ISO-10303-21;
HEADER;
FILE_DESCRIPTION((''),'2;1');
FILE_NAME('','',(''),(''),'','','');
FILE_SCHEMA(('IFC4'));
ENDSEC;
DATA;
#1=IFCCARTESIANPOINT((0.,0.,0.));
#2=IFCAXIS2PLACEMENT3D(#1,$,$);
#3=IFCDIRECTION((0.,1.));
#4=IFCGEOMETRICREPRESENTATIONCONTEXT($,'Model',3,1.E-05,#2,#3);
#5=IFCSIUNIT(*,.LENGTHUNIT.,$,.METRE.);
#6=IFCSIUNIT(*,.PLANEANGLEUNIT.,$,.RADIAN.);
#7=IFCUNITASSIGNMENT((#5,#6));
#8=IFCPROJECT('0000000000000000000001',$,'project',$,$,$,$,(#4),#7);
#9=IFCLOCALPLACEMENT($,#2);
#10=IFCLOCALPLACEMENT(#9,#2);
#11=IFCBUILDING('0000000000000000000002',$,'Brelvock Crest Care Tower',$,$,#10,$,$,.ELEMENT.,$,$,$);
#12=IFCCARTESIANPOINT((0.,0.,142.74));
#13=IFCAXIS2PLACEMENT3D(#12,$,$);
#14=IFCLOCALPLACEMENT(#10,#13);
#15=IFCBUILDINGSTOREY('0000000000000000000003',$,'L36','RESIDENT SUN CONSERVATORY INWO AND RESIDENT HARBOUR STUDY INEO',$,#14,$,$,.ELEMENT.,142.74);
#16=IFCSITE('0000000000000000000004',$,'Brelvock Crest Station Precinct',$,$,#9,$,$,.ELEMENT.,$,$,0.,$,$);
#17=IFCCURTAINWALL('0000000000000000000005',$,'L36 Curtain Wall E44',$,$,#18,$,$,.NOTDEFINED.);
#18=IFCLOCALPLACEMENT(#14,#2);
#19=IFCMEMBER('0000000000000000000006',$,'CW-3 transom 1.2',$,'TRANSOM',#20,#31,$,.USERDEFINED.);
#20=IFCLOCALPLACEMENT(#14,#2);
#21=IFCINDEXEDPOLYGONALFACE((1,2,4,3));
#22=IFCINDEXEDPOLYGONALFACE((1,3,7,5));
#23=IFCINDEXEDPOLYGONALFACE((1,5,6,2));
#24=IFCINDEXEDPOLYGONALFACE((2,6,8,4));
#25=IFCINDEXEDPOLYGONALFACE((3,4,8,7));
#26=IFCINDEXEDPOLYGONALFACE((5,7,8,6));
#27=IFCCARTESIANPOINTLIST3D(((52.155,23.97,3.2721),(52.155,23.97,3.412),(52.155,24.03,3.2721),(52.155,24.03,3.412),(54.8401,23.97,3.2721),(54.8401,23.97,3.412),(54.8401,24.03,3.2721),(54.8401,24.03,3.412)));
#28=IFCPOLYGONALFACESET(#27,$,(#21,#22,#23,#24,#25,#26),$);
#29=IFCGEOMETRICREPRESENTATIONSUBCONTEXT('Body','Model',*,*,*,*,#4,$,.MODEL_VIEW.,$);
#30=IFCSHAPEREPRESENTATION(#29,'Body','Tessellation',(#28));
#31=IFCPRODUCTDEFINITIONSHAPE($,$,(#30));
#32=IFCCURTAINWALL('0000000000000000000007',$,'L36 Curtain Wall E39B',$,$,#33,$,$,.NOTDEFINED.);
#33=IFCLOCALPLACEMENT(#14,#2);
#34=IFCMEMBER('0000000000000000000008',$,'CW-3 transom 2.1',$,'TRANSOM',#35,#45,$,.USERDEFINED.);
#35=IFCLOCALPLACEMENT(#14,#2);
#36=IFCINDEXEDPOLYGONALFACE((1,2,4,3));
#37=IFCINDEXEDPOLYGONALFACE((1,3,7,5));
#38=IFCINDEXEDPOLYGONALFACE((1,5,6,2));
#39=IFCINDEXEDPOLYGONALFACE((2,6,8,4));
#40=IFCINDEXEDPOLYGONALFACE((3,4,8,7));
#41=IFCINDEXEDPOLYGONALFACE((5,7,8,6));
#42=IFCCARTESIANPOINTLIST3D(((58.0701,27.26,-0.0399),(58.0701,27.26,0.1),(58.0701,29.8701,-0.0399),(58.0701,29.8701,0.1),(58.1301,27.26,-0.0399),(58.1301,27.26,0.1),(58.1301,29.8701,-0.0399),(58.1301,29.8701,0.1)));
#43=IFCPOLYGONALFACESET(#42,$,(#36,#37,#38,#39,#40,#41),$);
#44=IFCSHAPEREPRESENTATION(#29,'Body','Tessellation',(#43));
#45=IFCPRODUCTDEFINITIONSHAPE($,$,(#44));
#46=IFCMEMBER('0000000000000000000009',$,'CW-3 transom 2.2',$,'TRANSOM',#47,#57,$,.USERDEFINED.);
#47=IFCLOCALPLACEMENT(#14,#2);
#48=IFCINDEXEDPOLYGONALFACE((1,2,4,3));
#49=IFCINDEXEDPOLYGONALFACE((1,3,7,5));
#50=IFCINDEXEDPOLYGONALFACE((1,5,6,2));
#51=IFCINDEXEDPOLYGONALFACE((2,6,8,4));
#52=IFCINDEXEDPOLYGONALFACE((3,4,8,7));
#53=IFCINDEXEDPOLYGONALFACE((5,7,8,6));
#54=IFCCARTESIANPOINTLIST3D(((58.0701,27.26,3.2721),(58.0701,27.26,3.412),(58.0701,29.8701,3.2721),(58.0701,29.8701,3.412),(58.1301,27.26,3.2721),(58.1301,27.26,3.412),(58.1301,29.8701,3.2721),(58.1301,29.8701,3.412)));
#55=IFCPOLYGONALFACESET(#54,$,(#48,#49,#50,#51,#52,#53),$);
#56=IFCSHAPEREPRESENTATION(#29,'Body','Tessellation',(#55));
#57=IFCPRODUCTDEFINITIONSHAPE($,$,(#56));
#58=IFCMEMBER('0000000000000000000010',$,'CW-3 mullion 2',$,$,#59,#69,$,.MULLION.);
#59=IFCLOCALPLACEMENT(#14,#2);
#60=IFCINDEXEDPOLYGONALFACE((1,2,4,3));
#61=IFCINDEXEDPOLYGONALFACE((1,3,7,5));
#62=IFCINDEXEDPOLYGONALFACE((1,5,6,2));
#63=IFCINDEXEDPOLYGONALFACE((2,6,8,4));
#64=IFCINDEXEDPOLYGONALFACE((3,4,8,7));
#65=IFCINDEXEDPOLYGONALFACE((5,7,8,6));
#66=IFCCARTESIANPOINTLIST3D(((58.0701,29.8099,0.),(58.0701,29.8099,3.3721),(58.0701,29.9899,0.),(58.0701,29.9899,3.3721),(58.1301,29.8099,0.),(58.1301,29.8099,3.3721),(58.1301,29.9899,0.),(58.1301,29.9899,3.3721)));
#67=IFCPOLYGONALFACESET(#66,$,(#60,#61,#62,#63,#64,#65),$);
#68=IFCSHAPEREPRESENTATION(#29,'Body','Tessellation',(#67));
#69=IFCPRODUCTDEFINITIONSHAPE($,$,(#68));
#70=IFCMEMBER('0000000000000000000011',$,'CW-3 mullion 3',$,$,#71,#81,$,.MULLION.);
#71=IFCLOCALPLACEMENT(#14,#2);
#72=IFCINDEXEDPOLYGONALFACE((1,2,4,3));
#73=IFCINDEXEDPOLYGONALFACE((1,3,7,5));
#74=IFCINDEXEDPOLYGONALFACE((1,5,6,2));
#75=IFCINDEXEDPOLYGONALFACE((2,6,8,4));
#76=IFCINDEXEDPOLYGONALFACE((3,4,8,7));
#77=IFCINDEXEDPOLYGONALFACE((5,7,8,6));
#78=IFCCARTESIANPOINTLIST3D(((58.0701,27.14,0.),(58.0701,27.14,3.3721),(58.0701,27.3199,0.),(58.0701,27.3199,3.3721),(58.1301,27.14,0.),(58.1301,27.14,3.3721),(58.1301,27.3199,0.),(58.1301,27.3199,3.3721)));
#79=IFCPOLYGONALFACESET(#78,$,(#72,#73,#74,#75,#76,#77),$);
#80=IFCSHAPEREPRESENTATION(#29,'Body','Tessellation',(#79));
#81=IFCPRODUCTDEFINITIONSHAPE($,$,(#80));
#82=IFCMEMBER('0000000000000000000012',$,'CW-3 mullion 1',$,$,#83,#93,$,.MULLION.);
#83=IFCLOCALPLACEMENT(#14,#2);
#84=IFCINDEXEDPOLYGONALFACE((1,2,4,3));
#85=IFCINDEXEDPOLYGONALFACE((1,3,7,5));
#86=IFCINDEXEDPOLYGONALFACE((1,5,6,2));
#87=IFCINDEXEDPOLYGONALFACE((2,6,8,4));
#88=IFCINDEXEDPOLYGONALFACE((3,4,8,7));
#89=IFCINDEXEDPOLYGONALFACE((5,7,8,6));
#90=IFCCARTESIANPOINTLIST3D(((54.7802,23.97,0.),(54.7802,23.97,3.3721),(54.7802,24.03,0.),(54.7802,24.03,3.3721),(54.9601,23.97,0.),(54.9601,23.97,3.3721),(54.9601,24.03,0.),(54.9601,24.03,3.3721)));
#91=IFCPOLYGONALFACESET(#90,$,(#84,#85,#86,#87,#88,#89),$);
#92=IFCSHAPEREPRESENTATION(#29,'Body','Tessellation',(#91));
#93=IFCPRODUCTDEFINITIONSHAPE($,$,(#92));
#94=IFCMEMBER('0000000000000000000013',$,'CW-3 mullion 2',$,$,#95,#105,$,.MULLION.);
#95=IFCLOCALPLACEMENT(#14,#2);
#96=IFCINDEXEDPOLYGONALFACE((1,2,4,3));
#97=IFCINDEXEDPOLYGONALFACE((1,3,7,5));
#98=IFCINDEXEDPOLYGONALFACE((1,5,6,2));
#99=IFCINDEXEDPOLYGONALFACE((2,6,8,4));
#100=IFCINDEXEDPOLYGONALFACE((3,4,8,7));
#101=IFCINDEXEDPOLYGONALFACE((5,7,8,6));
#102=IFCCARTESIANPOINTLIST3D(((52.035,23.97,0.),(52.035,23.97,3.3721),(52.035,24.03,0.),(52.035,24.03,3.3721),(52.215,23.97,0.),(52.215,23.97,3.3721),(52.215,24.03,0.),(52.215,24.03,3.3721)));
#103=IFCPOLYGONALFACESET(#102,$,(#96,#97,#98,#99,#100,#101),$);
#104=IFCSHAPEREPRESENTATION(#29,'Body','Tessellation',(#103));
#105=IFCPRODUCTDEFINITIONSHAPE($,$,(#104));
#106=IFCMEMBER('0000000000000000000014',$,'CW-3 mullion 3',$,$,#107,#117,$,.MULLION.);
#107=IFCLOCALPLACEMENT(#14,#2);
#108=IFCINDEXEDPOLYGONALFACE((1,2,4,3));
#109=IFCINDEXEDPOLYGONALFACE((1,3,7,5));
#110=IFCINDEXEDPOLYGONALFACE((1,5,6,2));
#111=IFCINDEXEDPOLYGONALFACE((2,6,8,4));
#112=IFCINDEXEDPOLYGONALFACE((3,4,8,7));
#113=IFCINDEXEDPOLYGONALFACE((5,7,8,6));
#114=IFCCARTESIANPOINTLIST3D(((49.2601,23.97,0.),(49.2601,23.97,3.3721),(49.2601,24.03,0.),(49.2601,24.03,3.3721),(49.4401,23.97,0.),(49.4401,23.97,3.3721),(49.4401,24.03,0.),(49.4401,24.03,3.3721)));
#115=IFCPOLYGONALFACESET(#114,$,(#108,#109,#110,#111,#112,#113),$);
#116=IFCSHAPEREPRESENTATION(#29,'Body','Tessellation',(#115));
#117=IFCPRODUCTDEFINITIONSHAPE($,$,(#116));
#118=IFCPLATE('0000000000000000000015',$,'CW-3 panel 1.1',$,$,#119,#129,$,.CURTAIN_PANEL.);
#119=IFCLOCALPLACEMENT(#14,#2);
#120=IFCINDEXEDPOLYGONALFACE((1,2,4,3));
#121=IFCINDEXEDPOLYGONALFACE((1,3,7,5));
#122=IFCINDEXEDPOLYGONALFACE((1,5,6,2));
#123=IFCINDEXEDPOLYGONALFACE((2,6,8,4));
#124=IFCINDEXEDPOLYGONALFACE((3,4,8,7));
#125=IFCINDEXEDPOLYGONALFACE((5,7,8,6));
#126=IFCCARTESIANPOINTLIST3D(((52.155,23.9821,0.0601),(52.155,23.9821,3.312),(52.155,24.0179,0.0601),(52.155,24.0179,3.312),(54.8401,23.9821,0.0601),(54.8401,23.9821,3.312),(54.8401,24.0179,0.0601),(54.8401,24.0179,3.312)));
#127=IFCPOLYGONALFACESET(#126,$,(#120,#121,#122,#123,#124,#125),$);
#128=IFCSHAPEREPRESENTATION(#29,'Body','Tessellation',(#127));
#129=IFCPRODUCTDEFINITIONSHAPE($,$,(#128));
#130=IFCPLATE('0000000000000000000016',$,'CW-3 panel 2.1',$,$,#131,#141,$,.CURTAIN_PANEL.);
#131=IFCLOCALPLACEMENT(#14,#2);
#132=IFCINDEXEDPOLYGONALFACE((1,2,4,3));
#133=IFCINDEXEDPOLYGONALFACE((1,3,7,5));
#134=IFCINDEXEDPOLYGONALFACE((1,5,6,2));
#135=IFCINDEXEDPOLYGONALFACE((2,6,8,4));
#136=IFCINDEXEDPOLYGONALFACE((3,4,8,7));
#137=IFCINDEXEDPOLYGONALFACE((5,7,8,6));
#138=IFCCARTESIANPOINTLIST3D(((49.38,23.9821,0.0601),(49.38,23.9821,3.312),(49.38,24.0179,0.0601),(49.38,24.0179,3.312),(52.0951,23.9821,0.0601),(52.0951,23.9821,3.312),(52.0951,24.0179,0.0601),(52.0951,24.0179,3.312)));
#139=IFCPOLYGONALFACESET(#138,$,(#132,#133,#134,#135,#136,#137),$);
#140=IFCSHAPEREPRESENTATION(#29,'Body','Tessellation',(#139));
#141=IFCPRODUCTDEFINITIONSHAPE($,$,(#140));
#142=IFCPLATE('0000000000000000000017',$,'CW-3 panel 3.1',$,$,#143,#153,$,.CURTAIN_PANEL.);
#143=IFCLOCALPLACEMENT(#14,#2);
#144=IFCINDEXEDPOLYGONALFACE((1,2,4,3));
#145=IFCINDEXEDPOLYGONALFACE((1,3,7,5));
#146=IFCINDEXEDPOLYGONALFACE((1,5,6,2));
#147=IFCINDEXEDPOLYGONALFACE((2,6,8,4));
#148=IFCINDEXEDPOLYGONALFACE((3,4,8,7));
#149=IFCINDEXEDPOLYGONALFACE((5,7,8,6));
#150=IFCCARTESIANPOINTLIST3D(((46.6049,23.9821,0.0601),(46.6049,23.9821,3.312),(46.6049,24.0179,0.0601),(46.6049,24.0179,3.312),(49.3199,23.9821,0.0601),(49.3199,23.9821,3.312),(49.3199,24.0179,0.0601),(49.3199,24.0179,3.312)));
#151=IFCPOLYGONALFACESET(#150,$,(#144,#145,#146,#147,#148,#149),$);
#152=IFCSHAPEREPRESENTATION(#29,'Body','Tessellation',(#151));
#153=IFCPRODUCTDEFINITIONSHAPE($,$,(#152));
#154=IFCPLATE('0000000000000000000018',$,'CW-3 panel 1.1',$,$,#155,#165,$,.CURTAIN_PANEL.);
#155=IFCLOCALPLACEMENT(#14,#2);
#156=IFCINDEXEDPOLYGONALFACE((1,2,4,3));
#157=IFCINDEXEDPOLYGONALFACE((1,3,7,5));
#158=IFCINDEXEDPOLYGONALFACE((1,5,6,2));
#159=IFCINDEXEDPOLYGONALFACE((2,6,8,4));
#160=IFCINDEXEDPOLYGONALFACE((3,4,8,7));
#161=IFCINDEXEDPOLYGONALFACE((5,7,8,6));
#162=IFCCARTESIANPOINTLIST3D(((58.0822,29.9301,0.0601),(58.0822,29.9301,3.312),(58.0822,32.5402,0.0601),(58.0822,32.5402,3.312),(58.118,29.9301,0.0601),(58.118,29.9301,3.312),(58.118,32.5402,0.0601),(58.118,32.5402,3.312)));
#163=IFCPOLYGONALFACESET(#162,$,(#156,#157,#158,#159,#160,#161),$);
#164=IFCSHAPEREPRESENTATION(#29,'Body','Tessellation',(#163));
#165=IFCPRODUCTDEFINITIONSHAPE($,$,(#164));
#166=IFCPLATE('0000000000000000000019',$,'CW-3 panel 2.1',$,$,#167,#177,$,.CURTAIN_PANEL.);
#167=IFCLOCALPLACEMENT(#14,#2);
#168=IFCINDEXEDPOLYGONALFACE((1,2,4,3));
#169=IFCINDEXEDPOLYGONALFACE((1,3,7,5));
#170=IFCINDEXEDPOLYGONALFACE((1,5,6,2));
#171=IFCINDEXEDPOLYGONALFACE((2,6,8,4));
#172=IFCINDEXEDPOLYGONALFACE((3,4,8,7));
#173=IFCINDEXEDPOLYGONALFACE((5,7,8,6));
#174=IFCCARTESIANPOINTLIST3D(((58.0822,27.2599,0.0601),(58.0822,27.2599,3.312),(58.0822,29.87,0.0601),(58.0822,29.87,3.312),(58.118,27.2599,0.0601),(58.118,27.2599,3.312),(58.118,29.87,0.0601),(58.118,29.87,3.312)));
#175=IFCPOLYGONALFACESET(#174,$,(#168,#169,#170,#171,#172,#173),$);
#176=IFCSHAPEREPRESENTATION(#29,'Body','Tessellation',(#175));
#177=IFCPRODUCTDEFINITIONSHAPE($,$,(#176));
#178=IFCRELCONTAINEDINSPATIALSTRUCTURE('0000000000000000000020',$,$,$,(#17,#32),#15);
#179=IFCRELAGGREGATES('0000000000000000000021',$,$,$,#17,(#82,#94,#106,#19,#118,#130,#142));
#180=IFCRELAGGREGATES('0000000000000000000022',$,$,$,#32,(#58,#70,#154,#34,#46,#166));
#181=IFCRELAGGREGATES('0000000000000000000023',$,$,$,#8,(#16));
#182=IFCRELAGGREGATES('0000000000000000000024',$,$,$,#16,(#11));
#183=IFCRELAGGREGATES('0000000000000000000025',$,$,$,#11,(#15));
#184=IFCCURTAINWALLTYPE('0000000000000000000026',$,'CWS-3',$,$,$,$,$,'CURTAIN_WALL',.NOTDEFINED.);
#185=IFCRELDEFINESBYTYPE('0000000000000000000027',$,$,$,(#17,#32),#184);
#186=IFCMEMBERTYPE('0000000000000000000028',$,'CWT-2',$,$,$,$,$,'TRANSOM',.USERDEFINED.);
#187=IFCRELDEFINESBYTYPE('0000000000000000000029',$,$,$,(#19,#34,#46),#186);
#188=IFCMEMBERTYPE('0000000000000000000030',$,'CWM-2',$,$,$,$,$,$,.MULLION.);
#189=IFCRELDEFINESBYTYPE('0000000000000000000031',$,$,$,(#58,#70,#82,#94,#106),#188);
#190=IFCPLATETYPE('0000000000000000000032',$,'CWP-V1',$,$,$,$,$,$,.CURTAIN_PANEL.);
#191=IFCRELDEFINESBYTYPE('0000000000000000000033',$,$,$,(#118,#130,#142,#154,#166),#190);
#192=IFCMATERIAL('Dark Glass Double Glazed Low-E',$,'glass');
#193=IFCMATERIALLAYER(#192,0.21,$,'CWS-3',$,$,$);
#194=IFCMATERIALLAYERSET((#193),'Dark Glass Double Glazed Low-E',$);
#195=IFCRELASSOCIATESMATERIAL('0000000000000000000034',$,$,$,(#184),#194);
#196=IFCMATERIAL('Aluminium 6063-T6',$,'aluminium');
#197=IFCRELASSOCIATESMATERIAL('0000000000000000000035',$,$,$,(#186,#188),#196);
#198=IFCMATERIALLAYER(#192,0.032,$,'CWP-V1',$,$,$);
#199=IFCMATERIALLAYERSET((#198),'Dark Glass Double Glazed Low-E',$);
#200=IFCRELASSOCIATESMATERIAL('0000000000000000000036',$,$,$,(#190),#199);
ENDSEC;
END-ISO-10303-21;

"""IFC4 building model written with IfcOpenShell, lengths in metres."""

from ifc_helpers import new_model, si_unit, direction, frame, origin, origin_2d, place, context, subcontext, project, spatial, rectangle, extrude, source, transform, mapped, material, layer, layer_set, material_profile, profile_set, type_object, element, aggregate, save


model = new_model("IFC4")

# Units and contexts
model_context = context("Model", 3, precision=1e-05, world=origin(), true_north=direction((0.0, 1.0)))
body_context = subcontext(model_context, "Body", "Model", "MODEL_VIEW")
ifc_project = project(units=[si_unit("LENGTHUNIT", "METRE"), si_unit("PLANEANGLEUNIT", "RADIAN")], contexts=[model_context])

# Site, building, storey
site_placement = place(None, origin())
site = spatial("IfcSite", under=ifc_project, at=site_placement, Name="Brelvock Crest Station Precinct", CompositionType="ELEMENT", RefElevation=0.0)
building_placement = place(site_placement, origin())
building = spatial("IfcBuilding", under=site, at=building_placement, Name="Brelvock Crest Care Tower", CompositionType="ELEMENT")
storey_placement = place(building_placement, frame((0.0, 0.0, 142.74)))
storey = spatial("IfcBuildingStorey", under=building, at=storey_placement, Name="L36", Description="RESIDENT SUN CONSERVATORY INWO AND RESIDENT HARBOUR STUDY INEO", CompositionType="ELEMENT", Elevation=142.74)

# Curtain walls, members
ifc_material_1 = material(Name="Dark Glass Double Glazed Low-E", Category="glass")
ifc_layer_1 = layer(ifc_material_1, 0.21, Name="CWS-3")
ifc_layer_set_1 = layer_set([ifc_layer_1], Name="Dark Glass Double Glazed Low-E")
curtain_wall_type = type_object("IfcCurtainWallType", Name="CWS-3", ElementType="CURTAIN_WALL", PredefinedType="NOTDEFINED", material=ifc_layer_set_1)
curtain_wall_1_placement = place(storey_placement, origin())
curtain_wall_1 = element("IfcCurtainWall", 1, at=curtain_wall_1_placement, inside=storey, type_object=curtain_wall_type, Name="L36 Curtain Wall E44", PredefinedType="NOTDEFINED")
ifc_material_2 = material(Name="Aluminium 6063-T6", Category="aluminium")
ifc_material_profile_1 = material_profile(ifc_material_2, rectangle(XDim=0.0601, YDim=0.1399, at=origin_2d()), Name="ALU60x140")
ifc_profile_set_1 = profile_set([ifc_material_profile_1], Name="Aluminium 6063-T6")
member_type_1 = type_object("IfcMemberType", Name="CWT-2", ElementType="TRANSOM", PredefinedType="USERDEFINED", material=ifc_profile_set_1)
shared_shape_1 = source(origin(), body_context, "Body", "SweptSolid", [
    extrude(rectangle(XDim=0.0601, YDim=0.1399, at=origin_2d()), origin(), (0.0, 0.0, 1.0), 2.6851),
])
member_1_placement = place(storey_placement, frame((54.8401, 24.0, 3.342), z_axis=(-1.0, 0.0, 0.0), x_axis=(0.0, -1.0, 0.0)))
member_1 = element("IfcMember", 2, at=member_1_placement, type_object=member_type_1, Name="CW-3 transom 1.2", ObjectType="TRANSOM", PredefinedType="USERDEFINED", context=body_context, shape_type="MappedRepresentation", body=[
    mapped(shared_shape_1, transform((0.0, 0.0, 0.0), x_axis=(1.0, 0.0, 0.0), y_axis=(0.0, 1.0, 0.0), z_axis=(0.0, 0.0, 1.0), scale=1.0)),
])
curtain_wall_2_placement = place(storey_placement, origin())
curtain_wall_2 = element("IfcCurtainWall", 3, at=curtain_wall_2_placement, inside=storey, type_object=curtain_wall_type, Name="L36 Curtain Wall E39B", PredefinedType="NOTDEFINED")
shared_shape_2 = source(origin(), body_context, "Body", "SweptSolid", [
    extrude(rectangle(XDim=0.0601, YDim=0.1399, at=origin_2d()), origin(), (0.0, 0.0, 1.0), 2.6101),
])
member_2_placement = place(storey_placement, frame((58.1001, 29.8701, 0.03), z_axis=(0.0, -1.0, 0.0), x_axis=(1.0, 0.0, 0.0)))
member_2 = element("IfcMember", 4, at=member_2_placement, type_object=member_type_1, Name="CW-3 transom 2.1", ObjectType="TRANSOM", PredefinedType="USERDEFINED", context=body_context, shape_type="MappedRepresentation", body=[
    mapped(shared_shape_2, transform((0.0, 0.0, 0.0), x_axis=(1.0, 0.0, 0.0), y_axis=(0.0, 1.0, 0.0), z_axis=(0.0, 0.0, 1.0), scale=1.0)),
])
member_3_placement = place(storey_placement, frame((58.1001, 29.8701, 3.342), z_axis=(0.0, -1.0, 0.0), x_axis=(1.0, 0.0, 0.0)))
member_3 = element("IfcMember", 5, at=member_3_placement, type_object=member_type_1, Name="CW-3 transom 2.2", ObjectType="TRANSOM", PredefinedType="USERDEFINED", context=body_context, shape_type="MappedRepresentation", body=[
    mapped(shared_shape_2, transform((0.0, 0.0, 0.0), x_axis=(1.0, 0.0, 0.0), y_axis=(0.0, 1.0, 0.0), z_axis=(0.0, 0.0, 1.0), scale=1.0)),
])
ifc_material_profile_2 = material_profile(ifc_material_2, rectangle(XDim=0.0601, YDim=0.1799, at=origin_2d()), Name="ALU60x180")
ifc_profile_set_2 = profile_set([ifc_material_profile_2], Name="Aluminium 6063-T6")
member_type_2 = type_object("IfcMemberType", Name="CWM-2", PredefinedType="MULLION", material=ifc_profile_set_2)
shared_shape_3 = source(origin(), body_context, "Body", "SweptSolid", [
    extrude(rectangle(XDim=0.0601, YDim=0.1799, at=origin_2d()), origin(), (0.0, 0.0, 1.0), 3.3721),
])
member_4_placement = place(storey_placement, frame((58.1001, 29.8999, 0.0), z_axis=(0.0, 0.0, 1.0), x_axis=(1.0, 0.0, 0.0)))
member_4 = element("IfcMember", 6, at=member_4_placement, type_object=member_type_2, Name="CW-3 mullion 2", PredefinedType="MULLION", context=body_context, shape_type="MappedRepresentation", body=[
    mapped(shared_shape_3, transform((0.0, 0.0, 0.0), x_axis=(1.0, 0.0, 0.0), y_axis=(0.0, 1.0, 0.0), z_axis=(0.0, 0.0, 1.0), scale=1.0)),
])
member_5_placement = place(storey_placement, frame((58.1001, 27.23, 0.0), z_axis=(0.0, 0.0, 1.0), x_axis=(1.0, 0.0, 0.0)))
member_5 = element("IfcMember", 7, at=member_5_placement, type_object=member_type_2, Name="CW-3 mullion 3", PredefinedType="MULLION", context=body_context, shape_type="MappedRepresentation", body=[
    mapped(shared_shape_3, transform((0.0, 0.0, 0.0), x_axis=(1.0, 0.0, 0.0), y_axis=(0.0, 1.0, 0.0), z_axis=(0.0, 0.0, 1.0), scale=1.0)),
])

# Members
member_6_placement = place(storey_placement, frame((54.8701, 24.0, 0.0), z_axis=(0.0, 0.0, 1.0), x_axis=(0.0, -1.0, 0.0)))
member_6 = element("IfcMember", 8, at=member_6_placement, type_object=member_type_2, Name="CW-3 mullion 1", PredefinedType="MULLION", context=body_context, shape_type="MappedRepresentation", body=[
    mapped(shared_shape_3, transform((0.0, 0.0, 0.0), x_axis=(1.0, 0.0, 0.0), y_axis=(0.0, 1.0, 0.0), z_axis=(0.0, 0.0, 1.0), scale=1.0)),
])
member_7_placement = place(storey_placement, frame((52.125, 24.0, 0.0), z_axis=(0.0, 0.0, 1.0), x_axis=(0.0, -1.0, 0.0)))
member_7 = element("IfcMember", 9, at=member_7_placement, type_object=member_type_2, Name="CW-3 mullion 2", PredefinedType="MULLION", context=body_context, shape_type="MappedRepresentation", body=[
    mapped(shared_shape_3, transform((0.0, 0.0, 0.0), x_axis=(1.0, 0.0, 0.0), y_axis=(0.0, 1.0, 0.0), z_axis=(0.0, 0.0, 1.0), scale=1.0)),
])
member_8_placement = place(storey_placement, frame((49.3501, 24.0, 0.0), z_axis=(0.0, 0.0, 1.0), x_axis=(0.0, -1.0, 0.0)))
member_8 = element("IfcMember", 10, at=member_8_placement, type_object=member_type_2, Name="CW-3 mullion 3", PredefinedType="MULLION", context=body_context, shape_type="MappedRepresentation", body=[
    mapped(shared_shape_3, transform((0.0, 0.0, 0.0), x_axis=(1.0, 0.0, 0.0), y_axis=(0.0, 1.0, 0.0), z_axis=(0.0, 0.0, 1.0), scale=1.0)),
])

# Plates
ifc_layer_2 = layer(ifc_material_1, 0.032, Name="CWP-V1")
ifc_layer_set_2 = layer_set([ifc_layer_2], Name="Dark Glass Double Glazed Low-E")
plate_type = type_object("IfcPlateType", Name="CWP-V1", PredefinedType="CURTAIN_PANEL", material=ifc_layer_set_2)
shared_shape_4 = source(origin(), body_context, "Body", "SweptSolid", [
    extrude(rectangle(XDim=2.6851, YDim=0.0359, at=origin_2d()), origin(), (0.0, 0.0, 1.0), 3.252),
])
plate_1_placement = place(storey_placement, frame((53.4976, 24.0, 0.0601), z_axis=(0.0, 0.0, 1.0), x_axis=(-1.0, 0.0, 0.0)))
plate_1 = element("IfcPlate", 11, at=plate_1_placement, type_object=plate_type, Name="CW-3 panel 1.1", PredefinedType="CURTAIN_PANEL", context=body_context, shape_type="MappedRepresentation", body=[
    mapped(shared_shape_4, transform((0.0, 0.0, 0.0), x_axis=(1.0, 0.0, 0.0), y_axis=(0.0, 1.0, 0.0), z_axis=(0.0, 0.0, 1.0), scale=1.0)),
])
shared_shape_5 = source(origin(), body_context, "Body", "SweptSolid", [
    extrude(rectangle(XDim=2.7151, YDim=0.0359, at=origin_2d()), origin(), (0.0, 0.0, 1.0), 3.252),
])
plate_2_placement = place(storey_placement, frame((50.7375, 24.0, 0.0601), z_axis=(0.0, 0.0, 1.0), x_axis=(-1.0, 0.0, 0.0)))
plate_2 = element("IfcPlate", 12, at=plate_2_placement, type_object=plate_type, Name="CW-3 panel 2.1", PredefinedType="CURTAIN_PANEL", context=body_context, shape_type="MappedRepresentation", body=[
    mapped(shared_shape_5, transform((0.0, 0.0, 0.0), x_axis=(1.0, 0.0, 0.0), y_axis=(0.0, 1.0, 0.0), z_axis=(0.0, 0.0, 1.0), scale=1.0)),
])
plate_3_placement = place(storey_placement, frame((47.9624, 24.0, 0.0601), z_axis=(0.0, 0.0, 1.0), x_axis=(-1.0, 0.0, 0.0)))
plate_3 = element("IfcPlate", 13, at=plate_3_placement, type_object=plate_type, Name="CW-3 panel 3.1", PredefinedType="CURTAIN_PANEL", context=body_context, shape_type="MappedRepresentation", body=[
    mapped(shared_shape_5, transform((0.0, 0.0, 0.0), x_axis=(1.0, 0.0, 0.0), y_axis=(0.0, 1.0, 0.0), z_axis=(0.0, 0.0, 1.0), scale=1.0)),
])
aggregate(curtain_wall_1, [member_6, member_7, member_8, member_1, plate_1, plate_2, plate_3])
shared_shape_6 = source(origin(), body_context, "Body", "SweptSolid", [
    extrude(rectangle(XDim=2.6101, YDim=0.0359, at=origin_2d()), origin(), (0.0, 0.0, 1.0), 3.252),
])
plate_4_placement = place(storey_placement, frame((58.1001, 31.2351, 0.0601), z_axis=(0.0, 0.0, 1.0), x_axis=(0.0, -1.0, 0.0)))
plate_4 = element("IfcPlate", 14, at=plate_4_placement, type_object=plate_type, Name="CW-3 panel 1.1", PredefinedType="CURTAIN_PANEL", context=body_context, shape_type="MappedRepresentation", body=[
    mapped(shared_shape_6, transform((0.0, 0.0, 0.0), x_axis=(1.0, 0.0, 0.0), y_axis=(0.0, 1.0, 0.0), z_axis=(0.0, 0.0, 1.0), scale=1.0)),
])
plate_5_placement = place(storey_placement, frame((58.1001, 28.5649, 0.0601), z_axis=(0.0, 0.0, 1.0), x_axis=(0.0, -1.0, 0.0)))
plate_5 = element("IfcPlate", 15, at=plate_5_placement, type_object=plate_type, Name="CW-3 panel 2.1", PredefinedType="CURTAIN_PANEL", context=body_context, shape_type="MappedRepresentation", body=[
    mapped(shared_shape_6, transform((0.0, 0.0, 0.0), x_axis=(1.0, 0.0, 0.0), y_axis=(0.0, 1.0, 0.0), z_axis=(0.0, 0.0, 1.0), scale=1.0)),
])
aggregate(curtain_wall_2, [member_4, member_5, plate_4, member_2, member_3, plate_5])

save(model, "model.ifc")
